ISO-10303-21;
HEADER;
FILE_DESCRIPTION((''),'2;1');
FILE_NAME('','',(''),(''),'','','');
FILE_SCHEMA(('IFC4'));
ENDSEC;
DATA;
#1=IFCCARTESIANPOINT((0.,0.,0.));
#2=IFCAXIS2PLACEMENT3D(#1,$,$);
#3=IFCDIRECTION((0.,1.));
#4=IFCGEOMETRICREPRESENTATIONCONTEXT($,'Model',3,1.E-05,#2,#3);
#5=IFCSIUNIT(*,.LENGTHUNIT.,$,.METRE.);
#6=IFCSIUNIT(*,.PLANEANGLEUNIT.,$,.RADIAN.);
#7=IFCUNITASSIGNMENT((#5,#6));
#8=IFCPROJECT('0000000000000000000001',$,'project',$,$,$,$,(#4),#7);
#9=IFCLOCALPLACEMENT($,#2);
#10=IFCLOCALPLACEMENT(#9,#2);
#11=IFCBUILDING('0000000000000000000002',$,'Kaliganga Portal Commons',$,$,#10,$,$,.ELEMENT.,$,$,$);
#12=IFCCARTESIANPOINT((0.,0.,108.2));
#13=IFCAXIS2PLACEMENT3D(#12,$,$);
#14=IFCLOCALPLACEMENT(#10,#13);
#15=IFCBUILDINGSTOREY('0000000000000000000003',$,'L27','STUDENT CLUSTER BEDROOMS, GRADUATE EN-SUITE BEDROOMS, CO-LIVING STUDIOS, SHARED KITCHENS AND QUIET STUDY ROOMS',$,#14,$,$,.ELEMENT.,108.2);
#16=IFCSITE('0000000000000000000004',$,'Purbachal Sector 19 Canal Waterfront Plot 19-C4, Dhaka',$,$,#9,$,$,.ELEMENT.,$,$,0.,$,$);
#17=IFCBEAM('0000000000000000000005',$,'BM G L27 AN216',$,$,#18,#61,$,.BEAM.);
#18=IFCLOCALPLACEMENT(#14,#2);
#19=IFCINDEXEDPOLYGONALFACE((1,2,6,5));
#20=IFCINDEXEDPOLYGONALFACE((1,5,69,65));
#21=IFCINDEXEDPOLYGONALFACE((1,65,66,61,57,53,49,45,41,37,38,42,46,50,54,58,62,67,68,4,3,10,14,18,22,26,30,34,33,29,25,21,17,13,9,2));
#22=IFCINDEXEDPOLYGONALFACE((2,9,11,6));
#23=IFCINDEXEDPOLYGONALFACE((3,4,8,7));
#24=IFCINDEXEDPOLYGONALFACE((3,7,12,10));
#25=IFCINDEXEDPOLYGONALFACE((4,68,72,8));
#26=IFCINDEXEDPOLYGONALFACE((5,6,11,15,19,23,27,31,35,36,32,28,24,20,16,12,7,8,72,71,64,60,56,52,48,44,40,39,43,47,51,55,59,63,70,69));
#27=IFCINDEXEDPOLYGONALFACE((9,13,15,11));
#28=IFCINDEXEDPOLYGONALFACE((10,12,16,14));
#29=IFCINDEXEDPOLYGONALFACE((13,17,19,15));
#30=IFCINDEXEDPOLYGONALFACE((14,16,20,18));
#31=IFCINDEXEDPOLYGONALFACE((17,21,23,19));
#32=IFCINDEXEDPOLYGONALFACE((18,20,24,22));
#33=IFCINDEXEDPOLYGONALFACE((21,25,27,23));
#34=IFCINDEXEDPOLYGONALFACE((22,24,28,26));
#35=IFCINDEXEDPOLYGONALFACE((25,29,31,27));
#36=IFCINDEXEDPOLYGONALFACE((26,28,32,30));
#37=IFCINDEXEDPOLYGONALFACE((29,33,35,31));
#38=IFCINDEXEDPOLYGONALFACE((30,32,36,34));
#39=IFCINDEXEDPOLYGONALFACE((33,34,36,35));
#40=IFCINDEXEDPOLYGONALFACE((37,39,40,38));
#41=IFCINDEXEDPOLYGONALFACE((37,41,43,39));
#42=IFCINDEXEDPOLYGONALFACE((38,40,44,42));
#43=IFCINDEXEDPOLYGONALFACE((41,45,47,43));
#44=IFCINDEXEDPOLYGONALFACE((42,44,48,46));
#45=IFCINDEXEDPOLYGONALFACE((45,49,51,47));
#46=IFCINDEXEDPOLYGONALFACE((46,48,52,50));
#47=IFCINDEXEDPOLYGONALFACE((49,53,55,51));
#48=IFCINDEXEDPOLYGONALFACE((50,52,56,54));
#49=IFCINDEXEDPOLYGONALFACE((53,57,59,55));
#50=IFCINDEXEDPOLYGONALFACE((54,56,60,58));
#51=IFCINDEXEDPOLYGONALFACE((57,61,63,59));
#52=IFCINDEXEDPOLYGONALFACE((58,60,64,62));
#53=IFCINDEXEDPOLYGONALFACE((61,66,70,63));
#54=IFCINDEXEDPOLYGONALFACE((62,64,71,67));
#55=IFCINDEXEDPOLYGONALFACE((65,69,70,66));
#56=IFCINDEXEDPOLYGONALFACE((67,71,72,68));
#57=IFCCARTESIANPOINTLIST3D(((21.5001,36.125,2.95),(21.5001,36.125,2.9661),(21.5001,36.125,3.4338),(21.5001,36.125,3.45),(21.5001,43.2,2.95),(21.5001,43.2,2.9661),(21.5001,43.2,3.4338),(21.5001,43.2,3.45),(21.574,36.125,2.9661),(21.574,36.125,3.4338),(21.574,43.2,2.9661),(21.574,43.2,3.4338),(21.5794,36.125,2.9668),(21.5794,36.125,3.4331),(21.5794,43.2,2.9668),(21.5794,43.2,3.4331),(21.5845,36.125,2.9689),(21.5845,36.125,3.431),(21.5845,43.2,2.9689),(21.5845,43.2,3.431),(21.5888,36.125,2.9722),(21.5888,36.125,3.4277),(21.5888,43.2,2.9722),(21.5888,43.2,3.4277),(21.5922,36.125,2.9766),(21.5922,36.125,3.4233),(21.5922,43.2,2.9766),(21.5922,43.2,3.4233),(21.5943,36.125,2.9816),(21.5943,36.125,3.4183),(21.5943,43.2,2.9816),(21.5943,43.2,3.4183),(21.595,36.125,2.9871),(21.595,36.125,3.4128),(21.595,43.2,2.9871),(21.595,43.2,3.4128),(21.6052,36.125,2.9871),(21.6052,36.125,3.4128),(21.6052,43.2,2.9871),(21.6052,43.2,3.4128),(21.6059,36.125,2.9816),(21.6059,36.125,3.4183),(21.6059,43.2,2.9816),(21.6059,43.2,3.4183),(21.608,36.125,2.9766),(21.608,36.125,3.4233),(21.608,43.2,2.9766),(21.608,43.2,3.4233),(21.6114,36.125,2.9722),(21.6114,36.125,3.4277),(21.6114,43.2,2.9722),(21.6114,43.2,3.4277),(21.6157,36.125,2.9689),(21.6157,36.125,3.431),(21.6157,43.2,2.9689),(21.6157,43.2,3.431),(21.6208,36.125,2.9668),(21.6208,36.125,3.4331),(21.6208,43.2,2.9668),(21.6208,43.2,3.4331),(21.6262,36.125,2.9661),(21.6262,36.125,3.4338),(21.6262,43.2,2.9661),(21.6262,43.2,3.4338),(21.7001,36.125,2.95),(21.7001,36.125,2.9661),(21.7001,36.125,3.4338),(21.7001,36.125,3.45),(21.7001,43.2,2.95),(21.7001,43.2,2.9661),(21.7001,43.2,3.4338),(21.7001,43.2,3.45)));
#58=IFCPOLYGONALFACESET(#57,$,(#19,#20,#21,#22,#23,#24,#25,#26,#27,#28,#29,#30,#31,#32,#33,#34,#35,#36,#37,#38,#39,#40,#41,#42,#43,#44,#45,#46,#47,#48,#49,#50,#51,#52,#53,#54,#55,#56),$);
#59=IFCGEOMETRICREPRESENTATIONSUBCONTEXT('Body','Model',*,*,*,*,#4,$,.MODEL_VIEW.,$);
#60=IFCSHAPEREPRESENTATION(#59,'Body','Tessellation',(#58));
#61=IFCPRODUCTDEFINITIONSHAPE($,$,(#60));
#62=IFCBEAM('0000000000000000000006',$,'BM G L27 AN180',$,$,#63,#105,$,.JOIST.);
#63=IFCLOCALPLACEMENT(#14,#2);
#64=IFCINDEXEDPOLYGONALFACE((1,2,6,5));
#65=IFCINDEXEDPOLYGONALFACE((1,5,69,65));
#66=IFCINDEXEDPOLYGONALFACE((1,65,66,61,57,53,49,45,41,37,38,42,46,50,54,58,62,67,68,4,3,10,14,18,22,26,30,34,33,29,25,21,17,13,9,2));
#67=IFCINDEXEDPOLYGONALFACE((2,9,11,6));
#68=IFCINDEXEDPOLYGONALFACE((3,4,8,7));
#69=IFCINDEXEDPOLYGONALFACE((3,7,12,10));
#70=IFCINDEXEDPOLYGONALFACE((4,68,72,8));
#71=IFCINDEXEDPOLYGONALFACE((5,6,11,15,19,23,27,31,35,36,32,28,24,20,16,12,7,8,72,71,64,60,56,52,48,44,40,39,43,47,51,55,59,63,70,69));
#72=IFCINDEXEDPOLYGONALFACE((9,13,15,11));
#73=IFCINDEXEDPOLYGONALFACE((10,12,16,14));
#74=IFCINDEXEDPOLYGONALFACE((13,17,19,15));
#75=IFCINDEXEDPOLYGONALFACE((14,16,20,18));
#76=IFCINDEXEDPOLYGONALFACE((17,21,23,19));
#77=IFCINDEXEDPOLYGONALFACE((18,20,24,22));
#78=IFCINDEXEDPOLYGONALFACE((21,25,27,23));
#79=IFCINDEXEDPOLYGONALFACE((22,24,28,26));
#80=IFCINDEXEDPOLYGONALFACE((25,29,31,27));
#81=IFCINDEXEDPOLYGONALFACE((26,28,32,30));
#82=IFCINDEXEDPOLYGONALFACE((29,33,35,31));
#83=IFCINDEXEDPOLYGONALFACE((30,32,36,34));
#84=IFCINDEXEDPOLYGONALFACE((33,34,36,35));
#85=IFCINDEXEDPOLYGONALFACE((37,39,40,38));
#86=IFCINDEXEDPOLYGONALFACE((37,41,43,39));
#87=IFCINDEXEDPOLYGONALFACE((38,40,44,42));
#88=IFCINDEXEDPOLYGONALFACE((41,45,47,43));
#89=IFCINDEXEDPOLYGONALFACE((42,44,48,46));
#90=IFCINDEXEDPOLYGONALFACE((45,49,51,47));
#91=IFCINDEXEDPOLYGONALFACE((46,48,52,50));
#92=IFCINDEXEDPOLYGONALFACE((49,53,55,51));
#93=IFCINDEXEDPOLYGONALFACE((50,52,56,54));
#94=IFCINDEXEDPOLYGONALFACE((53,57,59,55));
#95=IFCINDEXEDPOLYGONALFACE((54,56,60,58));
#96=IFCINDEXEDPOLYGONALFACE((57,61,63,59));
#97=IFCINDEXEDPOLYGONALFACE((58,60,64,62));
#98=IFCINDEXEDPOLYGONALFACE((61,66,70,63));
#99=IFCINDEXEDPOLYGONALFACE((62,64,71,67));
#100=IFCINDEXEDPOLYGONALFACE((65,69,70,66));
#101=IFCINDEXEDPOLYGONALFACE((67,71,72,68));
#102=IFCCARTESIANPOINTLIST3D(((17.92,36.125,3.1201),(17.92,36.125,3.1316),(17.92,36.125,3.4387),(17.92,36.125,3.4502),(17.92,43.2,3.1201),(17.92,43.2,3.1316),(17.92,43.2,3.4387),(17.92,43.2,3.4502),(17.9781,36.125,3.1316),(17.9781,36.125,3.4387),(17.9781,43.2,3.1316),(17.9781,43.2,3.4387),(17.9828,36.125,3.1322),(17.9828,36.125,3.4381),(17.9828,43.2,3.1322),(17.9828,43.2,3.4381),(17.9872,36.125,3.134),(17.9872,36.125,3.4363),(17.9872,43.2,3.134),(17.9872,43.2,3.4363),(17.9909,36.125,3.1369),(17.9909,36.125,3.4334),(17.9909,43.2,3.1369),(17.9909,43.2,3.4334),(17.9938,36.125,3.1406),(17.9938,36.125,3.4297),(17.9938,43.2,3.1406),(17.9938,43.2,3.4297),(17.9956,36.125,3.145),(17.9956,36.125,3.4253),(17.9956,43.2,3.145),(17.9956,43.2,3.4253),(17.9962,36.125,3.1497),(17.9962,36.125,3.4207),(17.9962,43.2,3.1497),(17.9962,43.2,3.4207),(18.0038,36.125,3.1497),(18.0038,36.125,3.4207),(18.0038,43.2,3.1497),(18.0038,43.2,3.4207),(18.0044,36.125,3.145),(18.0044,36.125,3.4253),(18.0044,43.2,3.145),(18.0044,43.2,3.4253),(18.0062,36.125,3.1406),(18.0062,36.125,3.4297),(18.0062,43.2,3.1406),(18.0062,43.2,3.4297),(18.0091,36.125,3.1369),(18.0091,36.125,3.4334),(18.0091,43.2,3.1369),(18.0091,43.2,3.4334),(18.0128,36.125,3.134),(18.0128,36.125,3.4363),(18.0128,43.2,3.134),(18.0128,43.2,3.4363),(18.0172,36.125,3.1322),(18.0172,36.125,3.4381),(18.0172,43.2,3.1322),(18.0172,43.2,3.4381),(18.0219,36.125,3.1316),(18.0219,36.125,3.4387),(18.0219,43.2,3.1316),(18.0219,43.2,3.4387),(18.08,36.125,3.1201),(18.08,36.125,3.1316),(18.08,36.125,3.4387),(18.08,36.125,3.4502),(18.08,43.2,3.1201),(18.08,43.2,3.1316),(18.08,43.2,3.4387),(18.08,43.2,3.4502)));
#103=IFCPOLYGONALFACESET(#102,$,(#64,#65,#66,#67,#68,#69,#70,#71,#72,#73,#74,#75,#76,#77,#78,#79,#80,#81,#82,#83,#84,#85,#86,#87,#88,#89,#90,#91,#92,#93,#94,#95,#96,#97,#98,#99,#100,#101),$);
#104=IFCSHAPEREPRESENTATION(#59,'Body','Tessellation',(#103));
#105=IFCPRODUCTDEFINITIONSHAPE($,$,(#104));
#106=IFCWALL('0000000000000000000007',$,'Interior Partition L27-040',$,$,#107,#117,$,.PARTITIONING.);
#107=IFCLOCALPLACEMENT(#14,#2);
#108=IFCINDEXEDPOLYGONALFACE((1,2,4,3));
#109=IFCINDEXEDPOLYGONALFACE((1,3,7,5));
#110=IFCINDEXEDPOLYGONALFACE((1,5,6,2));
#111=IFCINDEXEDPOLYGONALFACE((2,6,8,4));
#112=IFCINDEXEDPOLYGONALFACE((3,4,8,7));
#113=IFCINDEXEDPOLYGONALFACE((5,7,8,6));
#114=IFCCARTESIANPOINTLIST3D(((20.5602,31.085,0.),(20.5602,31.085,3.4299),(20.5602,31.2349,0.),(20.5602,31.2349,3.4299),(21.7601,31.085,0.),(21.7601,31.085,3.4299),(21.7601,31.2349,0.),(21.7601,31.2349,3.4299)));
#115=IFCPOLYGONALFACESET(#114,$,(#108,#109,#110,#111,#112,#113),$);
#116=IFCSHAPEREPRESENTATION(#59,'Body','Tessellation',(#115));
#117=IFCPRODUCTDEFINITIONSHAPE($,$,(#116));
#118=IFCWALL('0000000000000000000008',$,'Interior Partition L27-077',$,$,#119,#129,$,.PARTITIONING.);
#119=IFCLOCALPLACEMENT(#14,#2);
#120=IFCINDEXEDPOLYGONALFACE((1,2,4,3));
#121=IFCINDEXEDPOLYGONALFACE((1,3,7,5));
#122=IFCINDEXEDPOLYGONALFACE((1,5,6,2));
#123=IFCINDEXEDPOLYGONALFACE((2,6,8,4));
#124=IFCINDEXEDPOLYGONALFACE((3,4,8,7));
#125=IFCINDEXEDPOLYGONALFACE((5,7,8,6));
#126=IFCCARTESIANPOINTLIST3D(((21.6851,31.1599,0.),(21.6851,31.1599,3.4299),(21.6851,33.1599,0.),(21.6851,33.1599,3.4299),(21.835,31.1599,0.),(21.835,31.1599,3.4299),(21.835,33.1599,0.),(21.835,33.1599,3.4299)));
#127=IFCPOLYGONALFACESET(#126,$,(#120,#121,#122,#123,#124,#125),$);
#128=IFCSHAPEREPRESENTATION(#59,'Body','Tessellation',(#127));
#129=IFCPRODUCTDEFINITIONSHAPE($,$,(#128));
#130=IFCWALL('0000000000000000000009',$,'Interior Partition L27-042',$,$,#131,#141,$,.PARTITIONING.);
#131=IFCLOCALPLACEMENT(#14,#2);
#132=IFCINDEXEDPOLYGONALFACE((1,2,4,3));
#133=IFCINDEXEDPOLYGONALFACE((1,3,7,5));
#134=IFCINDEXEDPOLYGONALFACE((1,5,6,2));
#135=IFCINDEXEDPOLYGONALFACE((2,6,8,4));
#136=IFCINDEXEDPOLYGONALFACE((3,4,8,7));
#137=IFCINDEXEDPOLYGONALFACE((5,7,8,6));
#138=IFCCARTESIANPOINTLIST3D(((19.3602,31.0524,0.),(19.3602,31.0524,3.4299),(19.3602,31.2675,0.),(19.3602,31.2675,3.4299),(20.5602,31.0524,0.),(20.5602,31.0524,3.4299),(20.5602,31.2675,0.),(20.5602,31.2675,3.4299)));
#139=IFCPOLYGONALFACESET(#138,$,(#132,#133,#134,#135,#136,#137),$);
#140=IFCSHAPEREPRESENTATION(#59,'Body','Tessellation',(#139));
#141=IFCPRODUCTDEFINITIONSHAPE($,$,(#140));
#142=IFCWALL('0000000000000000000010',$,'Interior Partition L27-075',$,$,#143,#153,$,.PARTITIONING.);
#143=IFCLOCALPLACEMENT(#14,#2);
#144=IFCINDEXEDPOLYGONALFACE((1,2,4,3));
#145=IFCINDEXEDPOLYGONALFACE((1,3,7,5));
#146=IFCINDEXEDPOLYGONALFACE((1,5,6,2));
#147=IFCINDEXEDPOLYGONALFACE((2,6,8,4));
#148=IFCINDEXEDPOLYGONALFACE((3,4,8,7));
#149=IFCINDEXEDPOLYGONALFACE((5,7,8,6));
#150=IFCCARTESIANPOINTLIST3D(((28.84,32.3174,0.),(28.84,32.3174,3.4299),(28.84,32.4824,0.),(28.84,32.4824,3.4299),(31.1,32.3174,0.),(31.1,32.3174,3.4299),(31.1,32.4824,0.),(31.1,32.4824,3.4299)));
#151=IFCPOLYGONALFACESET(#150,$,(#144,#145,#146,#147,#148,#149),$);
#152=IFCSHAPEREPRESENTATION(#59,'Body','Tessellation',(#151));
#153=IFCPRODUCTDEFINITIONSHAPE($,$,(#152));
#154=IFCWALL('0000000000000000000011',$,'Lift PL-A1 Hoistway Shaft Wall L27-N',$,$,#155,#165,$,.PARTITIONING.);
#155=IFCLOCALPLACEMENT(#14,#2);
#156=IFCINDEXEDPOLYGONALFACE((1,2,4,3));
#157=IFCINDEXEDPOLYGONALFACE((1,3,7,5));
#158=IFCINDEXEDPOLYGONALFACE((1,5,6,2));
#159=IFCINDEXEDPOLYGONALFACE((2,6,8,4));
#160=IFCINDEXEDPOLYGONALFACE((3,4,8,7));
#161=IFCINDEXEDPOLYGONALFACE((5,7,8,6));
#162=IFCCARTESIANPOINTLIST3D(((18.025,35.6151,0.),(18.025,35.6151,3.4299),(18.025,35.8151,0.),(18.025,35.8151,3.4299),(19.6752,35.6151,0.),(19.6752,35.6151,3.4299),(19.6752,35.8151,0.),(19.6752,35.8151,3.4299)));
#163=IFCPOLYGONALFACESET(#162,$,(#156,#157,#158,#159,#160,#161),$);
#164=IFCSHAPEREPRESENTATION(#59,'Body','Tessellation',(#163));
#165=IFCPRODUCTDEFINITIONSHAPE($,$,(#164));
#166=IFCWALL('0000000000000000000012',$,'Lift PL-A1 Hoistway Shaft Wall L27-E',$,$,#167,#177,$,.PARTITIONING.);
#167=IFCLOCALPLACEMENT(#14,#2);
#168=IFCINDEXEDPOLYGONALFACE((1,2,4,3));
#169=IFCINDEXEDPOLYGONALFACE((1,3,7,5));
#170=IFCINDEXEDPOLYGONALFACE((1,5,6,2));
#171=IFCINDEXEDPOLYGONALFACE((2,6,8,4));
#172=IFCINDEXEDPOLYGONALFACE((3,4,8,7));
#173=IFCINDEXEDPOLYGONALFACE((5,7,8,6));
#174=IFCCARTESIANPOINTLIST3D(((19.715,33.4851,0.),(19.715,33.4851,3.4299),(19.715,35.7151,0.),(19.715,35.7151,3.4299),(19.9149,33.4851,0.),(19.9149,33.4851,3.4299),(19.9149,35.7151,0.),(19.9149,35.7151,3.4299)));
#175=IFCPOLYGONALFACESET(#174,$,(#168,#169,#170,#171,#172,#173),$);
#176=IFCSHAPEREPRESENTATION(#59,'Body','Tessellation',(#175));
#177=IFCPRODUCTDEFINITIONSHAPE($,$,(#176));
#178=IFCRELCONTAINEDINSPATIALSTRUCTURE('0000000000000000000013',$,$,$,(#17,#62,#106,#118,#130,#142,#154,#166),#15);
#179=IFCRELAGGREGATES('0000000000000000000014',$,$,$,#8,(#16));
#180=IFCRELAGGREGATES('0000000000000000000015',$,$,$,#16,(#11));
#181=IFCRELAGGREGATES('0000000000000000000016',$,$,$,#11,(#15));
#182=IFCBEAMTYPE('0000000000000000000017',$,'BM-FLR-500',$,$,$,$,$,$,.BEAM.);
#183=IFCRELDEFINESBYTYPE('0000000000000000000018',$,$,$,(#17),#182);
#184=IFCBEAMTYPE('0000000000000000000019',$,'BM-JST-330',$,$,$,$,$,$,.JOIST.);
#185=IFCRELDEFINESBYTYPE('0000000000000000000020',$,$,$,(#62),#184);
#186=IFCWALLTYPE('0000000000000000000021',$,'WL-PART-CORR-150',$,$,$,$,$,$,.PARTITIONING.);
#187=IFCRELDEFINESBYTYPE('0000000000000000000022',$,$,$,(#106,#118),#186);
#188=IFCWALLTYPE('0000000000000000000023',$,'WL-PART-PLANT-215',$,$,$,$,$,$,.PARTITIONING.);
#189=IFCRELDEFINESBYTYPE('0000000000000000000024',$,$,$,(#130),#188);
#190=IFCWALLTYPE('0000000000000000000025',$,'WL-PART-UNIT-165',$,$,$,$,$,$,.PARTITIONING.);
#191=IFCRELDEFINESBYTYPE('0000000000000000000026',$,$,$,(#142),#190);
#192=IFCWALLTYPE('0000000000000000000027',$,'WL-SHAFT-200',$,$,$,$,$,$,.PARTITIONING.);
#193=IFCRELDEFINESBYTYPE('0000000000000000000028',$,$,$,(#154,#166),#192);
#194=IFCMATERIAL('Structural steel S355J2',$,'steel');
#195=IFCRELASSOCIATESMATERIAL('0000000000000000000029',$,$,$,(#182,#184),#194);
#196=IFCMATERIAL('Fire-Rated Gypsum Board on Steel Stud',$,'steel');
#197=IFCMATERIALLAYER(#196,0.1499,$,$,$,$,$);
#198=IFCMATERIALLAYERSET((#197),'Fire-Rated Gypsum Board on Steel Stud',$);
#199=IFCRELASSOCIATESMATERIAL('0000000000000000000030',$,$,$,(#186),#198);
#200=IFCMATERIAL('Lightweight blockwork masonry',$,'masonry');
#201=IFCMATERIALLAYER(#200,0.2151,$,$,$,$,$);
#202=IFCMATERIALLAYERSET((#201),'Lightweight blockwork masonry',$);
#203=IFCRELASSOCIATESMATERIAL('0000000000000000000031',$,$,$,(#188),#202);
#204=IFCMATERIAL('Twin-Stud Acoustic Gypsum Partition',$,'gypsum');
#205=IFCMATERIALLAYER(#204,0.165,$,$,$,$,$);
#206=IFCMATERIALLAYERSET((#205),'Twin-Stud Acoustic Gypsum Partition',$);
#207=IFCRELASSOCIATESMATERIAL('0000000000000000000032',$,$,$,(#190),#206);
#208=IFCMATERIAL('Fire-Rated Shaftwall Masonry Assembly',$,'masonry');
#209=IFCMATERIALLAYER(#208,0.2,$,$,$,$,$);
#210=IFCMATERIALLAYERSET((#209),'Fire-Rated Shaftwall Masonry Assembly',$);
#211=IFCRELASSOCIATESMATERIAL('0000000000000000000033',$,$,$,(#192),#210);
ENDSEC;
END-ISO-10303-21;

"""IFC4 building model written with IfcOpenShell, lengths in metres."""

from ifc_helpers import new_model, si_unit, direction, frame, frame_2d, origin, origin_2d, place, context, subcontext, project, spatial, rectangle, i_section, extrude, source, transform, mapped, material, layer, layer_set, material_profile, profile_set, type_object, element, save


model = new_model("IFC4")

# Units and contexts
model_context = context("Model", 3, precision=1e-05, world=origin(), true_north=direction((0.0, 1.0)))
body_context = subcontext(model_context, "Body", "Model", "MODEL_VIEW")
ifc_project = project(units=[si_unit("LENGTHUNIT", "METRE"), si_unit("PLANEANGLEUNIT", "RADIAN")], contexts=[model_context])

# Site, building, storey
site_placement = place(None, origin())
site = spatial("IfcSite", under=ifc_project, at=site_placement, Name="Purbachal Sector 19 Canal Waterfront Plot 19-C4, Dhaka", CompositionType="ELEMENT", RefElevation=0.0)
building_placement = place(site_placement, origin())
building = spatial("IfcBuilding", under=site, at=building_placement, Name="Kaliganga Portal Commons", CompositionType="ELEMENT")
storey_placement = place(building_placement, frame((0.0, 0.0, 108.2)))
storey = spatial("IfcBuildingStorey", under=building, at=storey_placement, Name="L27", Description="STUDENT CLUSTER BEDROOMS, GRADUATE EN-SUITE BEDROOMS, CO-LIVING STUDIOS, SHARED KITCHENS AND QUIET STUDY ROOMS", CompositionType="ELEMENT", Elevation=108.2)

# Beams
ifc_material_1 = material(Name="Structural steel S355J2", Category="steel")
ifc_material_profile_1 = material_profile(ifc_material_1, i_section(OverallWidth=0.2, OverallDepth=0.5, WebThickness=0.0103, FlangeThickness=0.0161, FilletRadius=0.021, at=origin_2d()), Name="IPE 500")
ifc_profile_set_1 = profile_set([ifc_material_profile_1], Name="Structural steel S355J2 wide-flange")
beam_type_1 = type_object("IfcBeamType", Name="BM-FLR-500", PredefinedType="BEAM", material=ifc_profile_set_1)
shared_shape_1 = source(origin(), body_context, "Body", "SweptSolid", [
    extrude(i_section(OverallWidth=0.2, OverallDepth=0.5, WebThickness=0.0103, FlangeThickness=0.0161, FilletRadius=0.021, at=origin_2d()), origin(), (0.0, 0.0, 1.0), 7.075),
])
beam_1_placement = place(storey_placement, frame((21.6001, 36.125, 3.2), z_axis=(0.0, 1.0, 0.0), x_axis=(-1.0, 0.0, 0.0)))
element("IfcBeam", 1, at=beam_1_placement, inside=storey, type_object=beam_type_1, Name="BM G L27 AN216", PredefinedType="BEAM", context=body_context, shape_type="MappedRepresentation", body=[
    mapped(shared_shape_1, transform((0.0, 0.0, 0.0), x_axis=(1.0, 0.0, 0.0), y_axis=(0.0, 1.0, 0.0), z_axis=(0.0, 0.0, 1.0), scale=1.0)),
])
ifc_material_profile_2 = material_profile(ifc_material_1, i_section(OverallWidth=0.1599, OverallDepth=0.3301, WebThickness=0.0076, FlangeThickness=0.0115, FilletRadius=0.0181, at=origin_2d()), Name="IPE 330")
ifc_profile_set_2 = profile_set([ifc_material_profile_2], Name="Structural steel S355J2 wide-flange")
beam_type_2 = type_object("IfcBeamType", Name="BM-JST-330", PredefinedType="JOIST", material=ifc_profile_set_2)
shared_shape_2 = source(origin(), body_context, "Body", "SweptSolid", [
    extrude(i_section(OverallWidth=0.1599, OverallDepth=0.3301, WebThickness=0.0076, FlangeThickness=0.0115, FilletRadius=0.0181, at=origin_2d()), origin(), (0.0, 0.0, 1.0), 7.075),
])
beam_2_placement = place(storey_placement, frame((18.0, 36.125, 3.2852), z_axis=(0.0, 1.0, 0.0), x_axis=(-1.0, 0.0, 0.0)))
element("IfcBeam", 2, at=beam_2_placement, inside=storey, type_object=beam_type_2, Name="BM G L27 AN180", PredefinedType="JOIST", context=body_context, shape_type="MappedRepresentation", body=[
    mapped(shared_shape_2, transform((0.0, 0.0, 0.0), x_axis=(1.0, 0.0, 0.0), y_axis=(0.0, 1.0, 0.0), z_axis=(0.0, 0.0, 1.0), scale=1.0)),
])

# Walls
ifc_material_2 = material(Name="Fire-Rated Gypsum Board on Steel Stud", Category="steel")
ifc_layer_1 = layer(ifc_material_2, 0.1499)
ifc_layer_set_1 = layer_set([ifc_layer_1], Name="Fire-Rated Gypsum Board on Steel Stud")
wall_type_1 = type_object("IfcWallType", Name="WL-PART-CORR-150", PredefinedType="PARTITIONING", material=ifc_layer_set_1)
wall_1_placement = place(storey_placement, frame((20.5601, 31.1599, 0.0), z_axis=(0.0, 0.0, 1.0), x_axis=(1.0, 0.0, 0.0)))
element("IfcWall", 3, at=wall_1_placement, inside=storey, type_object=wall_type_1, Name="Interior Partition L27-040", PredefinedType="PARTITIONING", context=body_context, shape_type="SweptSolid", body=[
    extrude(rectangle(XDim=1.2, YDim=0.1499, at=frame_2d((0.6001, 0.0))), origin(), (0.0, 0.0, 1.0), 3.4299),
])
wall_2_placement = place(storey_placement, frame((21.76, 31.1599, 0.0), z_axis=(0.0, 0.0, 1.0), x_axis=(0.0, 1.0, 0.0)))
element("IfcWall", 4, at=wall_2_placement, inside=storey, type_object=wall_type_1, Name="Interior Partition L27-077", PredefinedType="PARTITIONING", context=body_context, shape_type="SweptSolid", body=[
    extrude(rectangle(XDim=2.0, YDim=0.1499, at=frame_2d((1.0, 0.0))), origin(), (0.0, 0.0, 1.0), 3.4299),
])
ifc_material_3 = material(Name="Lightweight blockwork masonry", Category="masonry")
ifc_layer_2 = layer(ifc_material_3, 0.2151)
ifc_layer_set_2 = layer_set([ifc_layer_2], Name="Lightweight blockwork masonry")
wall_type_2 = type_object("IfcWallType", Name="WL-PART-PLANT-215", PredefinedType="PARTITIONING", material=ifc_layer_set_2)
wall_3_placement = place(storey_placement, frame((19.3601, 31.1599, 0.0), z_axis=(0.0, 0.0, 1.0), x_axis=(1.0, 0.0, 0.0)))
element("IfcWall", 5, at=wall_3_placement, inside=storey, type_object=wall_type_2, Name="Interior Partition L27-042", PredefinedType="PARTITIONING", context=body_context, shape_type="SweptSolid", body=[
    extrude(rectangle(XDim=1.2, YDim=0.2151, at=frame_2d((0.6001, 0.0))), origin(), (0.0, 0.0, 1.0), 3.4299),
])
ifc_material_4 = material(Name="Twin-Stud Acoustic Gypsum Partition", Category="gypsum")
ifc_layer_3 = layer(ifc_material_4, 0.165)
ifc_layer_set_3 = layer_set([ifc_layer_3], Name="Twin-Stud Acoustic Gypsum Partition")
wall_type_3 = type_object("IfcWallType", Name="WL-PART-UNIT-165", PredefinedType="PARTITIONING", material=ifc_layer_set_3)
wall_4_placement = place(storey_placement, frame((28.8401, 32.3999, 0.0), z_axis=(0.0, 0.0, 1.0), x_axis=(1.0, 0.0, 0.0)))
element("IfcWall", 6, at=wall_4_placement, inside=storey, type_object=wall_type_3, Name="Interior Partition L27-075", PredefinedType="PARTITIONING", context=body_context, shape_type="SweptSolid", body=[
    extrude(rectangle(XDim=2.26, YDim=0.165, at=frame_2d((1.1299, 0.0))), origin(), (0.0, 0.0, 1.0), 3.4299),
])

# Shared definitions
ifc_material_5 = material(Name="Fire-Rated Shaftwall Masonry Assembly", Category="masonry")
ifc_layer_4 = layer(ifc_material_5, 0.2)
ifc_layer_set_4 = layer_set([ifc_layer_4], Name="Fire-Rated Shaftwall Masonry Assembly")
wall_type_4 = type_object("IfcWallType", Name="WL-SHAFT-200", PredefinedType="PARTITIONING", material=ifc_layer_set_4)

# Walls
wall_5_placement = place(storey_placement, frame((18.0249, 35.7151, 0.0), z_axis=(0.0, 0.0, 1.0), x_axis=(1.0, 0.0, 0.0)))
element("IfcWall", 7, at=wall_5_placement, inside=storey, type_object=wall_type_4, Name="Lift PL-A1 Hoistway Shaft Wall L27-N", PredefinedType="PARTITIONING", context=body_context, shape_type="SweptSolid", body=[
    extrude(rectangle(XDim=1.6501, YDim=0.2, at=frame_2d((0.8252, 0.0))), origin(), (0.0, 0.0, 1.0), 3.4299),
])
wall_6_placement = place(storey_placement, frame((19.8149, 33.4851, 0.0), z_axis=(0.0, 0.0, 1.0), x_axis=(0.0, 1.0, 0.0)))
element("IfcWall", 8, at=wall_6_placement, inside=storey, type_object=wall_type_4, Name="Lift PL-A1 Hoistway Shaft Wall L27-E", PredefinedType="PARTITIONING", context=body_context, shape_type="SweptSolid", body=[
    extrude(rectangle(XDim=2.23, YDim=0.2, at=frame_2d((1.115, 0.0))), origin(), (0.0, 0.0, 1.0), 3.4299),
])

save(model, "model.ifc")
